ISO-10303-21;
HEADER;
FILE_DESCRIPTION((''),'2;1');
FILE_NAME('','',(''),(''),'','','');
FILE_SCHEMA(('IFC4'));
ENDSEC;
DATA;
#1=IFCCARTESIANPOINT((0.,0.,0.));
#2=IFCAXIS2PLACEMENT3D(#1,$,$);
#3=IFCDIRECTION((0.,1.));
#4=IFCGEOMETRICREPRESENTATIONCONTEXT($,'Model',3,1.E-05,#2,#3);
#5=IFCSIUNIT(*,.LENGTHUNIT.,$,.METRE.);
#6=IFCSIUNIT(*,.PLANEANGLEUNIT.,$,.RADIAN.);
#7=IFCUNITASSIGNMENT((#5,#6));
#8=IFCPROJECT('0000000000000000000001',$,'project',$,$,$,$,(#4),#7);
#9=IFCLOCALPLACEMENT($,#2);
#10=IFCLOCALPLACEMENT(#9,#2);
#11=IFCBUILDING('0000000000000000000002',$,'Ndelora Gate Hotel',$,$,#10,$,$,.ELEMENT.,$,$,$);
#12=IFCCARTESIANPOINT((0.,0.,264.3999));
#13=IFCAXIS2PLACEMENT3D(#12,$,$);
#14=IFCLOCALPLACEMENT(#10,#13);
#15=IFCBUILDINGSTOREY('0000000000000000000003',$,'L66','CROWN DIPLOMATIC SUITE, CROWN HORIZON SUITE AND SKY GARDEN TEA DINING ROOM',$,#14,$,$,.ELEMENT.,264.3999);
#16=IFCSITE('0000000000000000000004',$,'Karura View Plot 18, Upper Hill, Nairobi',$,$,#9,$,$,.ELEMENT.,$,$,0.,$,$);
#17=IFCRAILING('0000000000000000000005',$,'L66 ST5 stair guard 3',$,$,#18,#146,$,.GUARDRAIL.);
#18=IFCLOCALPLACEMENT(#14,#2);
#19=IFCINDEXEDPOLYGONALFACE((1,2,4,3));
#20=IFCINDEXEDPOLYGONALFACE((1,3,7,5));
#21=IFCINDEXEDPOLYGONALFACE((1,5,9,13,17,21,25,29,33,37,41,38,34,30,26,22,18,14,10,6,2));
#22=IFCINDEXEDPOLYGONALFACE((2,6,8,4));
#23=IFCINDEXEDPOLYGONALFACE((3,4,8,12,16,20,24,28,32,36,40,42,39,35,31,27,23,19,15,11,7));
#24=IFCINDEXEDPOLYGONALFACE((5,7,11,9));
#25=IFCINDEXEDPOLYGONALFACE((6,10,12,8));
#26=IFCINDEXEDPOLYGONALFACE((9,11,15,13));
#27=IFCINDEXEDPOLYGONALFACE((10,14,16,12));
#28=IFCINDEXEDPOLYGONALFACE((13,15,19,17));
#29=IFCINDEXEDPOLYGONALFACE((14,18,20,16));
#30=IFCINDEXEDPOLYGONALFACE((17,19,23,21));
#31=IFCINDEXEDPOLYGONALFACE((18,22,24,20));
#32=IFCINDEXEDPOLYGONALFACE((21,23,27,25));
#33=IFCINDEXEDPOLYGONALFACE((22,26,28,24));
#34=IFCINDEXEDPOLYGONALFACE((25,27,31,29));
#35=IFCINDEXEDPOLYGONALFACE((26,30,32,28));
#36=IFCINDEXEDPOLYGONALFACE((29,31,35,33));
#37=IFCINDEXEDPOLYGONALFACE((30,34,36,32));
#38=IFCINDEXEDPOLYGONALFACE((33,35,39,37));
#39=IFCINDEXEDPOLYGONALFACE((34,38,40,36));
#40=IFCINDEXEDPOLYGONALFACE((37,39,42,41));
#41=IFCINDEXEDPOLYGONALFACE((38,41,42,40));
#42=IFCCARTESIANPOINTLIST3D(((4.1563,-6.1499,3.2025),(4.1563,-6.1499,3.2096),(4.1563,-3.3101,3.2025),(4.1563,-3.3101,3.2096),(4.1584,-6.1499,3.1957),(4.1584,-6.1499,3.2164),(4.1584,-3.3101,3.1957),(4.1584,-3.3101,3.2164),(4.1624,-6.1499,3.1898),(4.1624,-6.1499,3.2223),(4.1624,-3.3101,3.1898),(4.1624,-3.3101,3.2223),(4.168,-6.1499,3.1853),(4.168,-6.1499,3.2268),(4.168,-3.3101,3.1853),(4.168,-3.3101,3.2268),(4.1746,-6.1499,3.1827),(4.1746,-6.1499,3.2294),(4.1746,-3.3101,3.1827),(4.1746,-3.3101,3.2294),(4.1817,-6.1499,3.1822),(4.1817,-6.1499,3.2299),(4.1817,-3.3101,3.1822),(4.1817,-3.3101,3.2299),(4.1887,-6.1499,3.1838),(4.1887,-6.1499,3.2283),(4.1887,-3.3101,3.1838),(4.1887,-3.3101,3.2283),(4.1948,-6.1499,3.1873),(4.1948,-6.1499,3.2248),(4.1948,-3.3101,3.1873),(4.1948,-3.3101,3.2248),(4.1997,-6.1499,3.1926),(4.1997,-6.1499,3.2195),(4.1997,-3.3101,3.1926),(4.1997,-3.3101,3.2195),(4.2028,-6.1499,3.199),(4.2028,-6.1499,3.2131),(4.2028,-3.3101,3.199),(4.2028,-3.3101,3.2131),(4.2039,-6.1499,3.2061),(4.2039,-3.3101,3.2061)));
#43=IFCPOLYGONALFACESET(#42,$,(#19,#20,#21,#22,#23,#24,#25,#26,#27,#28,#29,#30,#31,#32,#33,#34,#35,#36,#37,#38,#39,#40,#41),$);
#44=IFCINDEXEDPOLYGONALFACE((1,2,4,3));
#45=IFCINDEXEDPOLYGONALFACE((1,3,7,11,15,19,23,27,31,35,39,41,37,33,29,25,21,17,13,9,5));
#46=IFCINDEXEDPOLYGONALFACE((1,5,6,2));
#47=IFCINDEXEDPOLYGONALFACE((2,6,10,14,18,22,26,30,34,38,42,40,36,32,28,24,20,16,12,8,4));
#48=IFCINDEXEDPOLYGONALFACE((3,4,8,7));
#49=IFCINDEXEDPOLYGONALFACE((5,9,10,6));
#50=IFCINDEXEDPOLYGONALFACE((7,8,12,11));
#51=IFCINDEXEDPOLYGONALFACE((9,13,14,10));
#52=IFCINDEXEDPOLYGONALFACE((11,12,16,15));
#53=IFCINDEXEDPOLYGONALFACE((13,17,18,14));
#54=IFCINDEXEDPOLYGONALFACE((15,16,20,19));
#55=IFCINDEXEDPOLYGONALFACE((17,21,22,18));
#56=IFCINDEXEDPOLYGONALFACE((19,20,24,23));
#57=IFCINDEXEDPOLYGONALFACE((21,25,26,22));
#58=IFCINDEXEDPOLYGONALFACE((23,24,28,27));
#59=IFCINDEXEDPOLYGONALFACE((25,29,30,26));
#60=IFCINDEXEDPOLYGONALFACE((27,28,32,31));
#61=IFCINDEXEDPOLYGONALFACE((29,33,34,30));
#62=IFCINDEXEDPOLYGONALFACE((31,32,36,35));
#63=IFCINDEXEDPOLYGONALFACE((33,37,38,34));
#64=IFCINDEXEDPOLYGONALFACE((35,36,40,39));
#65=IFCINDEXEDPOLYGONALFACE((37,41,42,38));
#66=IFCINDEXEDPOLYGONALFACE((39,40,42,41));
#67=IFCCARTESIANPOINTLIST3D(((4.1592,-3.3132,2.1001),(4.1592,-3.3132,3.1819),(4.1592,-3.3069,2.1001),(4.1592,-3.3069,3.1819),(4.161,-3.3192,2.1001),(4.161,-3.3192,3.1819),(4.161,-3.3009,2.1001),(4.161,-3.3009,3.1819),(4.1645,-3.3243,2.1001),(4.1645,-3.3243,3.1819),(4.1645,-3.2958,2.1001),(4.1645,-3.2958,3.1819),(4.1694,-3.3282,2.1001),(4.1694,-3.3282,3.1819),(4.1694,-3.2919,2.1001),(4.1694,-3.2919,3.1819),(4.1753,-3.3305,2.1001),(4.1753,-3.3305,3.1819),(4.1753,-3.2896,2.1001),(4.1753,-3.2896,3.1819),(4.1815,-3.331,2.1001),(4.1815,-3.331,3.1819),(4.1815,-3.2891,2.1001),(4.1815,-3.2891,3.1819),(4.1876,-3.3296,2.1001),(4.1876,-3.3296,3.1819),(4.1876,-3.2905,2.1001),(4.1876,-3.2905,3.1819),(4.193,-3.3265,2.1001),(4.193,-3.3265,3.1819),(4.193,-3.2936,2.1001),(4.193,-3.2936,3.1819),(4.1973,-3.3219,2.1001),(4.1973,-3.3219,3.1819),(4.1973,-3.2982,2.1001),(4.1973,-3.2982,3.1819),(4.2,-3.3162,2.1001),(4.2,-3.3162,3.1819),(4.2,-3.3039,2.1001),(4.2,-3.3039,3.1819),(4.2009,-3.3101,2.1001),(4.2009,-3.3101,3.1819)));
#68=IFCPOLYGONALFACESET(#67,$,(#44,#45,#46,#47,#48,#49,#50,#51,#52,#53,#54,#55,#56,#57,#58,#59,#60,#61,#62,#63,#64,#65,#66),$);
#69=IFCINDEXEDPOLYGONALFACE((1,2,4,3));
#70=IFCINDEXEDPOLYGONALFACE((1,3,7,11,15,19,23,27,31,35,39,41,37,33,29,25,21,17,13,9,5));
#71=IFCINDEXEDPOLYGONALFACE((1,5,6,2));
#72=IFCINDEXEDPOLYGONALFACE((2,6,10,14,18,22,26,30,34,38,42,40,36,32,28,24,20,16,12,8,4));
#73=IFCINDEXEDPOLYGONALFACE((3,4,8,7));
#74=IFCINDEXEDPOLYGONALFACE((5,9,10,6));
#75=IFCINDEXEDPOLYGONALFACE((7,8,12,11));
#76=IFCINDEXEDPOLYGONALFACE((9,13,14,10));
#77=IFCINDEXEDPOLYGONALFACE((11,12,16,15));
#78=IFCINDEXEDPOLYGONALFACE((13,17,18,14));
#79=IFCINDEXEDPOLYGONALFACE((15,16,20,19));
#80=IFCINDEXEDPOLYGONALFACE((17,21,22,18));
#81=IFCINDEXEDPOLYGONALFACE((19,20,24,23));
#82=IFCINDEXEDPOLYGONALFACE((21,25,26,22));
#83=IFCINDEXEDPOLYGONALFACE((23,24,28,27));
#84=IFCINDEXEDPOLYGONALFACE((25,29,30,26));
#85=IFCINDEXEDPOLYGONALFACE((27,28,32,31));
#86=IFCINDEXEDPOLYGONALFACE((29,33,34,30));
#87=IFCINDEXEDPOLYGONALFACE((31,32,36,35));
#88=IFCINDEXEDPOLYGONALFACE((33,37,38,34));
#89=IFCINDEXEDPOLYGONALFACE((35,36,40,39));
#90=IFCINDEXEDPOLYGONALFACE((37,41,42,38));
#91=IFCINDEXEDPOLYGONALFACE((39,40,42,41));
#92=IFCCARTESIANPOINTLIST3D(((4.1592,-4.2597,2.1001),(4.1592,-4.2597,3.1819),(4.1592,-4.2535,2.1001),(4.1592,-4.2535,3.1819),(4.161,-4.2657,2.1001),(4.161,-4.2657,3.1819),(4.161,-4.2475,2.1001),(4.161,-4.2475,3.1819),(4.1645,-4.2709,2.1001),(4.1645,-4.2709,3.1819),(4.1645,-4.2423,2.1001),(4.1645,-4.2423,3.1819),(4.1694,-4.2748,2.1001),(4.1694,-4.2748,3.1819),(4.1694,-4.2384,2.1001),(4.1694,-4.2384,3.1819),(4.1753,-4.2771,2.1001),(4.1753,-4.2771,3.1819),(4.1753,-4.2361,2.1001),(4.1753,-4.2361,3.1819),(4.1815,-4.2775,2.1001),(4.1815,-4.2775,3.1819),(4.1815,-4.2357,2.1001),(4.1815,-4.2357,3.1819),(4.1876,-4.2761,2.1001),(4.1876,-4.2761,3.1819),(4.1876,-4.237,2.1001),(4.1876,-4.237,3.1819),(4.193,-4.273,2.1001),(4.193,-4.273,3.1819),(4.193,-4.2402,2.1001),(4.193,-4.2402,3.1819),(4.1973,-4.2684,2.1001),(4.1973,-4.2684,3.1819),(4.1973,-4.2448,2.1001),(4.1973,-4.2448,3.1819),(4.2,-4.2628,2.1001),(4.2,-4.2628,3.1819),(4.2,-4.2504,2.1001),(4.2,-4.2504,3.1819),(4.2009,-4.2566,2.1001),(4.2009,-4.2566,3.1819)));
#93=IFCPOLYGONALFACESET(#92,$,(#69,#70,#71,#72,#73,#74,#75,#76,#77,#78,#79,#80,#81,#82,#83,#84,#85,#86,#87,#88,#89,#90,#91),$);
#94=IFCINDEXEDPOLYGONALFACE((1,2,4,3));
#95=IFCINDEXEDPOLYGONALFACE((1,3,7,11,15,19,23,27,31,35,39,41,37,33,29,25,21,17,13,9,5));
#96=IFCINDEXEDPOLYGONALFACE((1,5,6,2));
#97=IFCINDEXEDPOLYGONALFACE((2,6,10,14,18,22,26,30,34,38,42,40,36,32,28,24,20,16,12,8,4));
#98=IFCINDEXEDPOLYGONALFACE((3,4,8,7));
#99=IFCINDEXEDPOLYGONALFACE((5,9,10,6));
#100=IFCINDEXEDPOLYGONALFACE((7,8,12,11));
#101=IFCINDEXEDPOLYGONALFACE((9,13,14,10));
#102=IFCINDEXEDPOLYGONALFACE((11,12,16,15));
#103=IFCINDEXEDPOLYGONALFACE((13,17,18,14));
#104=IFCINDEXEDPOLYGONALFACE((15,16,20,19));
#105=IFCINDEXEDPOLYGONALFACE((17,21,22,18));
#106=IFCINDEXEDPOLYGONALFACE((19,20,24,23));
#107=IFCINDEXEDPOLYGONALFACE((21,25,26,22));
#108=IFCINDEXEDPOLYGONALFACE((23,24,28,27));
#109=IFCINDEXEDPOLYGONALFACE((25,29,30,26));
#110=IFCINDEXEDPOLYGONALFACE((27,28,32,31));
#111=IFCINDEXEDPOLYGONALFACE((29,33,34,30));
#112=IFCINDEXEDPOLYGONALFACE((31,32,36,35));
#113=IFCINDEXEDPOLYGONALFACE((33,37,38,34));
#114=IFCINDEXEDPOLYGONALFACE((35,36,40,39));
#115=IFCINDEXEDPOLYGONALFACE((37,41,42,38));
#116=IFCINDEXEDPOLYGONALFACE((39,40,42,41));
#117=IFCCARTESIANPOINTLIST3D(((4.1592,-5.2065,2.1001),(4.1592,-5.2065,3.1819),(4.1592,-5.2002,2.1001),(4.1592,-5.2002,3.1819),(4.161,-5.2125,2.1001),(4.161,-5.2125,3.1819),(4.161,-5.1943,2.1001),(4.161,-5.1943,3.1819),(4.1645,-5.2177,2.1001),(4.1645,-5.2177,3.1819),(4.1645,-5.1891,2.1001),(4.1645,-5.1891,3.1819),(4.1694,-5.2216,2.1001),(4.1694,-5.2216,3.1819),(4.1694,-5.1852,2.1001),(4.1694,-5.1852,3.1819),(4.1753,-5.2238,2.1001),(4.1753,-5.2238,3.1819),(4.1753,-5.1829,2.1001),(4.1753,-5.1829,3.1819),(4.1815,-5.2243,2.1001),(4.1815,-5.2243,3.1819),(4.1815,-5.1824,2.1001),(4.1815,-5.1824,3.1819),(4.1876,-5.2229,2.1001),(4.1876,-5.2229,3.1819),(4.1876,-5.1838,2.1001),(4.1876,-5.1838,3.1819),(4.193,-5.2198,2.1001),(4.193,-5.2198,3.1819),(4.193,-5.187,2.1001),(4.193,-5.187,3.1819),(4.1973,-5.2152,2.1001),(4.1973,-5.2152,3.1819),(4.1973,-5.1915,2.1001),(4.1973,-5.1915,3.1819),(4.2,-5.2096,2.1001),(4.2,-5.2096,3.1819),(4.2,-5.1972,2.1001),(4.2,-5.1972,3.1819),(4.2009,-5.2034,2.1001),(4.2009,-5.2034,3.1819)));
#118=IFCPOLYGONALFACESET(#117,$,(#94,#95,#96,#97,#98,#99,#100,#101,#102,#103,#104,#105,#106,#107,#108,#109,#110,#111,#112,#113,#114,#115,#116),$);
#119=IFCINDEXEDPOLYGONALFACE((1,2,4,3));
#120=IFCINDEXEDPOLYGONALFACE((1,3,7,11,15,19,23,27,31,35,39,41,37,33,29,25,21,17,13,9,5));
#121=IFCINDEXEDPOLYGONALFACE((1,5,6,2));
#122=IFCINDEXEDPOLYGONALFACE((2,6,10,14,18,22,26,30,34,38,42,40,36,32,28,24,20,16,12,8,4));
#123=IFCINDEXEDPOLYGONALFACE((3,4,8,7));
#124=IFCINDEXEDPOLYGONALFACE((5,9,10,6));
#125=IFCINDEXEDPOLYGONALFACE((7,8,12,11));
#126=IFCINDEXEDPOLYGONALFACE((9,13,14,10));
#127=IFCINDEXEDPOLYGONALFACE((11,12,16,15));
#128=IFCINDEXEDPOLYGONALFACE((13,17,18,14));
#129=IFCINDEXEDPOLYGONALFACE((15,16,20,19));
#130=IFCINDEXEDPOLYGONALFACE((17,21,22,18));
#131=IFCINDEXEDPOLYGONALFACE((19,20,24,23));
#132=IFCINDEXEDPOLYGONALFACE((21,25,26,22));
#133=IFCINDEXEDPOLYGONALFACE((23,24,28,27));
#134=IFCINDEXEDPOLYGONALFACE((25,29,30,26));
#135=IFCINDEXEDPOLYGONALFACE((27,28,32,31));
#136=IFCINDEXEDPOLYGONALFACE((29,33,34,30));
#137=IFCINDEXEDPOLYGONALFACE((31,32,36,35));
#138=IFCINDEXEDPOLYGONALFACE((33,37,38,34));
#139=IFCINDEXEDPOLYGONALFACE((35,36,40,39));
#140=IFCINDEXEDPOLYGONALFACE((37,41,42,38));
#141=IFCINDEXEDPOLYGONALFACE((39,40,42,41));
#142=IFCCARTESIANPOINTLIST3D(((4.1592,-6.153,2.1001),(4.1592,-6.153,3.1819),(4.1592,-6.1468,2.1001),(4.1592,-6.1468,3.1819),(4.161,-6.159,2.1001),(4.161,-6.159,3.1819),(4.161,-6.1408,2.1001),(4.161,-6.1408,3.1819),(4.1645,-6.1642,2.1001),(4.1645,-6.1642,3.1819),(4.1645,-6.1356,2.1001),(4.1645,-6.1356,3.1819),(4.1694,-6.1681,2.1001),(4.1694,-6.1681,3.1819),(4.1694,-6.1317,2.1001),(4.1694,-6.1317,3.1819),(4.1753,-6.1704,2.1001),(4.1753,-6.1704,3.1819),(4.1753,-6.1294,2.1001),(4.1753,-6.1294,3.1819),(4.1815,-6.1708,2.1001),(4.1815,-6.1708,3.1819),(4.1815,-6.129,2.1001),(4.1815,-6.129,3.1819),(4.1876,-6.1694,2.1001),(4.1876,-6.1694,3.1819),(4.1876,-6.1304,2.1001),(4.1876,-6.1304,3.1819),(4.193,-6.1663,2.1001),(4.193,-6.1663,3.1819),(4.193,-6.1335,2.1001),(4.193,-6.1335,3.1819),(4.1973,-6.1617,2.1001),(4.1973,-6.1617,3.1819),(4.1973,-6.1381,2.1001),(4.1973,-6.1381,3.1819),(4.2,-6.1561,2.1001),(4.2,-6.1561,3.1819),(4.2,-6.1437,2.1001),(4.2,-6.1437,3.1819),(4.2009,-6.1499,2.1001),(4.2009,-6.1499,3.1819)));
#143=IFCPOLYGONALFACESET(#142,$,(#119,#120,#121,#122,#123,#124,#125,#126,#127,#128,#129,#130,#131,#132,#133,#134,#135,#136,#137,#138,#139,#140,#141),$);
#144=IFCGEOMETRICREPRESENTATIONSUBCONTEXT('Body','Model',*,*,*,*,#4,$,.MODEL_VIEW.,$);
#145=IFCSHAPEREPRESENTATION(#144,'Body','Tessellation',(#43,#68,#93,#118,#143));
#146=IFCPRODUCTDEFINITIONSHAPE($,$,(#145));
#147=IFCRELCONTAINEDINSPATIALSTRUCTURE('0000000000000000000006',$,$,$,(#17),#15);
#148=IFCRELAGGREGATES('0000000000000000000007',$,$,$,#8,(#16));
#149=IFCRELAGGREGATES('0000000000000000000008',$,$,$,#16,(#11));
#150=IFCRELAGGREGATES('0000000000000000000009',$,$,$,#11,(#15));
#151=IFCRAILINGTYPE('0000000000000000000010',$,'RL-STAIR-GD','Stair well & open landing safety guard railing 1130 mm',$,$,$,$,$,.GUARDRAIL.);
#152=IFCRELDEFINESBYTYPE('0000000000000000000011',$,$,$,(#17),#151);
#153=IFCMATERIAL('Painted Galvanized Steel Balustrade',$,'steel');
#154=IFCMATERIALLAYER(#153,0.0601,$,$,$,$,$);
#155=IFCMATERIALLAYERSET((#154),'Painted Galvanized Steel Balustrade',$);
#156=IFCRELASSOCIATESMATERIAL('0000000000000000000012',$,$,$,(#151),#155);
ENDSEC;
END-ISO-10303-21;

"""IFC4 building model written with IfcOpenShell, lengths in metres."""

from ifc_helpers import new_model, si_unit, direction, frame, origin, origin_2d, place, context, subcontext, project, spatial, circle, extrude, material, layer, layer_set, type_object, element, save


model = new_model("IFC4")

# Units and contexts
model_context = context("Model", 3, precision=1e-05, world=origin(), true_north=direction((0.0, 1.0)))
body_context = subcontext(model_context, "Body", "Model", "MODEL_VIEW")
ifc_project = project(units=[si_unit("LENGTHUNIT", "METRE"), si_unit("PLANEANGLEUNIT", "RADIAN")], contexts=[model_context])

# Site, building, storey
site_placement = place(None, origin())
site = spatial("IfcSite", under=ifc_project, at=site_placement, Name="Karura View Plot 18, Upper Hill, Nairobi", CompositionType="ELEMENT", RefElevation=0.0)
building_placement = place(site_placement, origin())
building = spatial("IfcBuilding", under=site, at=building_placement, Name="Ndelora Gate Hotel", CompositionType="ELEMENT")
storey_placement = place(building_placement, frame((0.0, 0.0, 264.3999)))
storey = spatial("IfcBuildingStorey", under=building, at=storey_placement, Name="L66", Description="CROWN DIPLOMATIC SUITE, CROWN HORIZON SUITE AND SKY GARDEN TEA DINING ROOM", CompositionType="ELEMENT", Elevation=264.3999)

# Railing
ifc_material_1 = material(Name="Painted Galvanized Steel Balustrade", Category="steel")
ifc_layer_1 = layer(ifc_material_1, 0.0601)
ifc_layer_set_1 = layer_set([ifc_layer_1], Name="Painted Galvanized Steel Balustrade")
railing_type_1 = type_object("IfcRailingType", Name="RL-STAIR-GD", Description="Stair well & open landing safety guard railing 1130 mm", PredefinedType="GUARDRAIL", material=ifc_layer_set_1)
for number, where, name in (
    (1, (4.1799, -3.3101, 2.1001), "L66 ST5 stair guard 3"),
):
    element("IfcRailing", number, at=place(storey_placement, frame(where)), inside=storey, type_object=railing_type_1, Name=name, PredefinedType="GUARDRAIL", context=body_context, shape_type="SweptSolid", body=[
        extrude(circle(Radius=0.0239, at=origin_2d()), frame((0.0, 0.0, 1.106), z_axis=(0.0, -1.0, 0.0), x_axis=(1.0, 0.0, 0.0)), (0.0, 0.0, 1.0), 2.8398),
        extrude(circle(Radius=0.021, at=origin_2d()), origin(), (0.0, 0.0, 1.0), 1.0818),
        extrude(circle(Radius=0.021, at=origin_2d()), frame((0.0, -0.9465, 0.0)), (0.0, 0.0, 1.0), 1.0818),
        extrude(circle(Radius=0.021, at=origin_2d()), frame((0.0, -1.8933, 0.0)), (0.0, 0.0, 1.0), 1.0818),
        extrude(circle(Radius=0.021, at=origin_2d()), frame((0.0, -2.8398, 0.0)), (0.0, 0.0, 1.0), 1.0818),
    ])

save(model, "model.ifc")
